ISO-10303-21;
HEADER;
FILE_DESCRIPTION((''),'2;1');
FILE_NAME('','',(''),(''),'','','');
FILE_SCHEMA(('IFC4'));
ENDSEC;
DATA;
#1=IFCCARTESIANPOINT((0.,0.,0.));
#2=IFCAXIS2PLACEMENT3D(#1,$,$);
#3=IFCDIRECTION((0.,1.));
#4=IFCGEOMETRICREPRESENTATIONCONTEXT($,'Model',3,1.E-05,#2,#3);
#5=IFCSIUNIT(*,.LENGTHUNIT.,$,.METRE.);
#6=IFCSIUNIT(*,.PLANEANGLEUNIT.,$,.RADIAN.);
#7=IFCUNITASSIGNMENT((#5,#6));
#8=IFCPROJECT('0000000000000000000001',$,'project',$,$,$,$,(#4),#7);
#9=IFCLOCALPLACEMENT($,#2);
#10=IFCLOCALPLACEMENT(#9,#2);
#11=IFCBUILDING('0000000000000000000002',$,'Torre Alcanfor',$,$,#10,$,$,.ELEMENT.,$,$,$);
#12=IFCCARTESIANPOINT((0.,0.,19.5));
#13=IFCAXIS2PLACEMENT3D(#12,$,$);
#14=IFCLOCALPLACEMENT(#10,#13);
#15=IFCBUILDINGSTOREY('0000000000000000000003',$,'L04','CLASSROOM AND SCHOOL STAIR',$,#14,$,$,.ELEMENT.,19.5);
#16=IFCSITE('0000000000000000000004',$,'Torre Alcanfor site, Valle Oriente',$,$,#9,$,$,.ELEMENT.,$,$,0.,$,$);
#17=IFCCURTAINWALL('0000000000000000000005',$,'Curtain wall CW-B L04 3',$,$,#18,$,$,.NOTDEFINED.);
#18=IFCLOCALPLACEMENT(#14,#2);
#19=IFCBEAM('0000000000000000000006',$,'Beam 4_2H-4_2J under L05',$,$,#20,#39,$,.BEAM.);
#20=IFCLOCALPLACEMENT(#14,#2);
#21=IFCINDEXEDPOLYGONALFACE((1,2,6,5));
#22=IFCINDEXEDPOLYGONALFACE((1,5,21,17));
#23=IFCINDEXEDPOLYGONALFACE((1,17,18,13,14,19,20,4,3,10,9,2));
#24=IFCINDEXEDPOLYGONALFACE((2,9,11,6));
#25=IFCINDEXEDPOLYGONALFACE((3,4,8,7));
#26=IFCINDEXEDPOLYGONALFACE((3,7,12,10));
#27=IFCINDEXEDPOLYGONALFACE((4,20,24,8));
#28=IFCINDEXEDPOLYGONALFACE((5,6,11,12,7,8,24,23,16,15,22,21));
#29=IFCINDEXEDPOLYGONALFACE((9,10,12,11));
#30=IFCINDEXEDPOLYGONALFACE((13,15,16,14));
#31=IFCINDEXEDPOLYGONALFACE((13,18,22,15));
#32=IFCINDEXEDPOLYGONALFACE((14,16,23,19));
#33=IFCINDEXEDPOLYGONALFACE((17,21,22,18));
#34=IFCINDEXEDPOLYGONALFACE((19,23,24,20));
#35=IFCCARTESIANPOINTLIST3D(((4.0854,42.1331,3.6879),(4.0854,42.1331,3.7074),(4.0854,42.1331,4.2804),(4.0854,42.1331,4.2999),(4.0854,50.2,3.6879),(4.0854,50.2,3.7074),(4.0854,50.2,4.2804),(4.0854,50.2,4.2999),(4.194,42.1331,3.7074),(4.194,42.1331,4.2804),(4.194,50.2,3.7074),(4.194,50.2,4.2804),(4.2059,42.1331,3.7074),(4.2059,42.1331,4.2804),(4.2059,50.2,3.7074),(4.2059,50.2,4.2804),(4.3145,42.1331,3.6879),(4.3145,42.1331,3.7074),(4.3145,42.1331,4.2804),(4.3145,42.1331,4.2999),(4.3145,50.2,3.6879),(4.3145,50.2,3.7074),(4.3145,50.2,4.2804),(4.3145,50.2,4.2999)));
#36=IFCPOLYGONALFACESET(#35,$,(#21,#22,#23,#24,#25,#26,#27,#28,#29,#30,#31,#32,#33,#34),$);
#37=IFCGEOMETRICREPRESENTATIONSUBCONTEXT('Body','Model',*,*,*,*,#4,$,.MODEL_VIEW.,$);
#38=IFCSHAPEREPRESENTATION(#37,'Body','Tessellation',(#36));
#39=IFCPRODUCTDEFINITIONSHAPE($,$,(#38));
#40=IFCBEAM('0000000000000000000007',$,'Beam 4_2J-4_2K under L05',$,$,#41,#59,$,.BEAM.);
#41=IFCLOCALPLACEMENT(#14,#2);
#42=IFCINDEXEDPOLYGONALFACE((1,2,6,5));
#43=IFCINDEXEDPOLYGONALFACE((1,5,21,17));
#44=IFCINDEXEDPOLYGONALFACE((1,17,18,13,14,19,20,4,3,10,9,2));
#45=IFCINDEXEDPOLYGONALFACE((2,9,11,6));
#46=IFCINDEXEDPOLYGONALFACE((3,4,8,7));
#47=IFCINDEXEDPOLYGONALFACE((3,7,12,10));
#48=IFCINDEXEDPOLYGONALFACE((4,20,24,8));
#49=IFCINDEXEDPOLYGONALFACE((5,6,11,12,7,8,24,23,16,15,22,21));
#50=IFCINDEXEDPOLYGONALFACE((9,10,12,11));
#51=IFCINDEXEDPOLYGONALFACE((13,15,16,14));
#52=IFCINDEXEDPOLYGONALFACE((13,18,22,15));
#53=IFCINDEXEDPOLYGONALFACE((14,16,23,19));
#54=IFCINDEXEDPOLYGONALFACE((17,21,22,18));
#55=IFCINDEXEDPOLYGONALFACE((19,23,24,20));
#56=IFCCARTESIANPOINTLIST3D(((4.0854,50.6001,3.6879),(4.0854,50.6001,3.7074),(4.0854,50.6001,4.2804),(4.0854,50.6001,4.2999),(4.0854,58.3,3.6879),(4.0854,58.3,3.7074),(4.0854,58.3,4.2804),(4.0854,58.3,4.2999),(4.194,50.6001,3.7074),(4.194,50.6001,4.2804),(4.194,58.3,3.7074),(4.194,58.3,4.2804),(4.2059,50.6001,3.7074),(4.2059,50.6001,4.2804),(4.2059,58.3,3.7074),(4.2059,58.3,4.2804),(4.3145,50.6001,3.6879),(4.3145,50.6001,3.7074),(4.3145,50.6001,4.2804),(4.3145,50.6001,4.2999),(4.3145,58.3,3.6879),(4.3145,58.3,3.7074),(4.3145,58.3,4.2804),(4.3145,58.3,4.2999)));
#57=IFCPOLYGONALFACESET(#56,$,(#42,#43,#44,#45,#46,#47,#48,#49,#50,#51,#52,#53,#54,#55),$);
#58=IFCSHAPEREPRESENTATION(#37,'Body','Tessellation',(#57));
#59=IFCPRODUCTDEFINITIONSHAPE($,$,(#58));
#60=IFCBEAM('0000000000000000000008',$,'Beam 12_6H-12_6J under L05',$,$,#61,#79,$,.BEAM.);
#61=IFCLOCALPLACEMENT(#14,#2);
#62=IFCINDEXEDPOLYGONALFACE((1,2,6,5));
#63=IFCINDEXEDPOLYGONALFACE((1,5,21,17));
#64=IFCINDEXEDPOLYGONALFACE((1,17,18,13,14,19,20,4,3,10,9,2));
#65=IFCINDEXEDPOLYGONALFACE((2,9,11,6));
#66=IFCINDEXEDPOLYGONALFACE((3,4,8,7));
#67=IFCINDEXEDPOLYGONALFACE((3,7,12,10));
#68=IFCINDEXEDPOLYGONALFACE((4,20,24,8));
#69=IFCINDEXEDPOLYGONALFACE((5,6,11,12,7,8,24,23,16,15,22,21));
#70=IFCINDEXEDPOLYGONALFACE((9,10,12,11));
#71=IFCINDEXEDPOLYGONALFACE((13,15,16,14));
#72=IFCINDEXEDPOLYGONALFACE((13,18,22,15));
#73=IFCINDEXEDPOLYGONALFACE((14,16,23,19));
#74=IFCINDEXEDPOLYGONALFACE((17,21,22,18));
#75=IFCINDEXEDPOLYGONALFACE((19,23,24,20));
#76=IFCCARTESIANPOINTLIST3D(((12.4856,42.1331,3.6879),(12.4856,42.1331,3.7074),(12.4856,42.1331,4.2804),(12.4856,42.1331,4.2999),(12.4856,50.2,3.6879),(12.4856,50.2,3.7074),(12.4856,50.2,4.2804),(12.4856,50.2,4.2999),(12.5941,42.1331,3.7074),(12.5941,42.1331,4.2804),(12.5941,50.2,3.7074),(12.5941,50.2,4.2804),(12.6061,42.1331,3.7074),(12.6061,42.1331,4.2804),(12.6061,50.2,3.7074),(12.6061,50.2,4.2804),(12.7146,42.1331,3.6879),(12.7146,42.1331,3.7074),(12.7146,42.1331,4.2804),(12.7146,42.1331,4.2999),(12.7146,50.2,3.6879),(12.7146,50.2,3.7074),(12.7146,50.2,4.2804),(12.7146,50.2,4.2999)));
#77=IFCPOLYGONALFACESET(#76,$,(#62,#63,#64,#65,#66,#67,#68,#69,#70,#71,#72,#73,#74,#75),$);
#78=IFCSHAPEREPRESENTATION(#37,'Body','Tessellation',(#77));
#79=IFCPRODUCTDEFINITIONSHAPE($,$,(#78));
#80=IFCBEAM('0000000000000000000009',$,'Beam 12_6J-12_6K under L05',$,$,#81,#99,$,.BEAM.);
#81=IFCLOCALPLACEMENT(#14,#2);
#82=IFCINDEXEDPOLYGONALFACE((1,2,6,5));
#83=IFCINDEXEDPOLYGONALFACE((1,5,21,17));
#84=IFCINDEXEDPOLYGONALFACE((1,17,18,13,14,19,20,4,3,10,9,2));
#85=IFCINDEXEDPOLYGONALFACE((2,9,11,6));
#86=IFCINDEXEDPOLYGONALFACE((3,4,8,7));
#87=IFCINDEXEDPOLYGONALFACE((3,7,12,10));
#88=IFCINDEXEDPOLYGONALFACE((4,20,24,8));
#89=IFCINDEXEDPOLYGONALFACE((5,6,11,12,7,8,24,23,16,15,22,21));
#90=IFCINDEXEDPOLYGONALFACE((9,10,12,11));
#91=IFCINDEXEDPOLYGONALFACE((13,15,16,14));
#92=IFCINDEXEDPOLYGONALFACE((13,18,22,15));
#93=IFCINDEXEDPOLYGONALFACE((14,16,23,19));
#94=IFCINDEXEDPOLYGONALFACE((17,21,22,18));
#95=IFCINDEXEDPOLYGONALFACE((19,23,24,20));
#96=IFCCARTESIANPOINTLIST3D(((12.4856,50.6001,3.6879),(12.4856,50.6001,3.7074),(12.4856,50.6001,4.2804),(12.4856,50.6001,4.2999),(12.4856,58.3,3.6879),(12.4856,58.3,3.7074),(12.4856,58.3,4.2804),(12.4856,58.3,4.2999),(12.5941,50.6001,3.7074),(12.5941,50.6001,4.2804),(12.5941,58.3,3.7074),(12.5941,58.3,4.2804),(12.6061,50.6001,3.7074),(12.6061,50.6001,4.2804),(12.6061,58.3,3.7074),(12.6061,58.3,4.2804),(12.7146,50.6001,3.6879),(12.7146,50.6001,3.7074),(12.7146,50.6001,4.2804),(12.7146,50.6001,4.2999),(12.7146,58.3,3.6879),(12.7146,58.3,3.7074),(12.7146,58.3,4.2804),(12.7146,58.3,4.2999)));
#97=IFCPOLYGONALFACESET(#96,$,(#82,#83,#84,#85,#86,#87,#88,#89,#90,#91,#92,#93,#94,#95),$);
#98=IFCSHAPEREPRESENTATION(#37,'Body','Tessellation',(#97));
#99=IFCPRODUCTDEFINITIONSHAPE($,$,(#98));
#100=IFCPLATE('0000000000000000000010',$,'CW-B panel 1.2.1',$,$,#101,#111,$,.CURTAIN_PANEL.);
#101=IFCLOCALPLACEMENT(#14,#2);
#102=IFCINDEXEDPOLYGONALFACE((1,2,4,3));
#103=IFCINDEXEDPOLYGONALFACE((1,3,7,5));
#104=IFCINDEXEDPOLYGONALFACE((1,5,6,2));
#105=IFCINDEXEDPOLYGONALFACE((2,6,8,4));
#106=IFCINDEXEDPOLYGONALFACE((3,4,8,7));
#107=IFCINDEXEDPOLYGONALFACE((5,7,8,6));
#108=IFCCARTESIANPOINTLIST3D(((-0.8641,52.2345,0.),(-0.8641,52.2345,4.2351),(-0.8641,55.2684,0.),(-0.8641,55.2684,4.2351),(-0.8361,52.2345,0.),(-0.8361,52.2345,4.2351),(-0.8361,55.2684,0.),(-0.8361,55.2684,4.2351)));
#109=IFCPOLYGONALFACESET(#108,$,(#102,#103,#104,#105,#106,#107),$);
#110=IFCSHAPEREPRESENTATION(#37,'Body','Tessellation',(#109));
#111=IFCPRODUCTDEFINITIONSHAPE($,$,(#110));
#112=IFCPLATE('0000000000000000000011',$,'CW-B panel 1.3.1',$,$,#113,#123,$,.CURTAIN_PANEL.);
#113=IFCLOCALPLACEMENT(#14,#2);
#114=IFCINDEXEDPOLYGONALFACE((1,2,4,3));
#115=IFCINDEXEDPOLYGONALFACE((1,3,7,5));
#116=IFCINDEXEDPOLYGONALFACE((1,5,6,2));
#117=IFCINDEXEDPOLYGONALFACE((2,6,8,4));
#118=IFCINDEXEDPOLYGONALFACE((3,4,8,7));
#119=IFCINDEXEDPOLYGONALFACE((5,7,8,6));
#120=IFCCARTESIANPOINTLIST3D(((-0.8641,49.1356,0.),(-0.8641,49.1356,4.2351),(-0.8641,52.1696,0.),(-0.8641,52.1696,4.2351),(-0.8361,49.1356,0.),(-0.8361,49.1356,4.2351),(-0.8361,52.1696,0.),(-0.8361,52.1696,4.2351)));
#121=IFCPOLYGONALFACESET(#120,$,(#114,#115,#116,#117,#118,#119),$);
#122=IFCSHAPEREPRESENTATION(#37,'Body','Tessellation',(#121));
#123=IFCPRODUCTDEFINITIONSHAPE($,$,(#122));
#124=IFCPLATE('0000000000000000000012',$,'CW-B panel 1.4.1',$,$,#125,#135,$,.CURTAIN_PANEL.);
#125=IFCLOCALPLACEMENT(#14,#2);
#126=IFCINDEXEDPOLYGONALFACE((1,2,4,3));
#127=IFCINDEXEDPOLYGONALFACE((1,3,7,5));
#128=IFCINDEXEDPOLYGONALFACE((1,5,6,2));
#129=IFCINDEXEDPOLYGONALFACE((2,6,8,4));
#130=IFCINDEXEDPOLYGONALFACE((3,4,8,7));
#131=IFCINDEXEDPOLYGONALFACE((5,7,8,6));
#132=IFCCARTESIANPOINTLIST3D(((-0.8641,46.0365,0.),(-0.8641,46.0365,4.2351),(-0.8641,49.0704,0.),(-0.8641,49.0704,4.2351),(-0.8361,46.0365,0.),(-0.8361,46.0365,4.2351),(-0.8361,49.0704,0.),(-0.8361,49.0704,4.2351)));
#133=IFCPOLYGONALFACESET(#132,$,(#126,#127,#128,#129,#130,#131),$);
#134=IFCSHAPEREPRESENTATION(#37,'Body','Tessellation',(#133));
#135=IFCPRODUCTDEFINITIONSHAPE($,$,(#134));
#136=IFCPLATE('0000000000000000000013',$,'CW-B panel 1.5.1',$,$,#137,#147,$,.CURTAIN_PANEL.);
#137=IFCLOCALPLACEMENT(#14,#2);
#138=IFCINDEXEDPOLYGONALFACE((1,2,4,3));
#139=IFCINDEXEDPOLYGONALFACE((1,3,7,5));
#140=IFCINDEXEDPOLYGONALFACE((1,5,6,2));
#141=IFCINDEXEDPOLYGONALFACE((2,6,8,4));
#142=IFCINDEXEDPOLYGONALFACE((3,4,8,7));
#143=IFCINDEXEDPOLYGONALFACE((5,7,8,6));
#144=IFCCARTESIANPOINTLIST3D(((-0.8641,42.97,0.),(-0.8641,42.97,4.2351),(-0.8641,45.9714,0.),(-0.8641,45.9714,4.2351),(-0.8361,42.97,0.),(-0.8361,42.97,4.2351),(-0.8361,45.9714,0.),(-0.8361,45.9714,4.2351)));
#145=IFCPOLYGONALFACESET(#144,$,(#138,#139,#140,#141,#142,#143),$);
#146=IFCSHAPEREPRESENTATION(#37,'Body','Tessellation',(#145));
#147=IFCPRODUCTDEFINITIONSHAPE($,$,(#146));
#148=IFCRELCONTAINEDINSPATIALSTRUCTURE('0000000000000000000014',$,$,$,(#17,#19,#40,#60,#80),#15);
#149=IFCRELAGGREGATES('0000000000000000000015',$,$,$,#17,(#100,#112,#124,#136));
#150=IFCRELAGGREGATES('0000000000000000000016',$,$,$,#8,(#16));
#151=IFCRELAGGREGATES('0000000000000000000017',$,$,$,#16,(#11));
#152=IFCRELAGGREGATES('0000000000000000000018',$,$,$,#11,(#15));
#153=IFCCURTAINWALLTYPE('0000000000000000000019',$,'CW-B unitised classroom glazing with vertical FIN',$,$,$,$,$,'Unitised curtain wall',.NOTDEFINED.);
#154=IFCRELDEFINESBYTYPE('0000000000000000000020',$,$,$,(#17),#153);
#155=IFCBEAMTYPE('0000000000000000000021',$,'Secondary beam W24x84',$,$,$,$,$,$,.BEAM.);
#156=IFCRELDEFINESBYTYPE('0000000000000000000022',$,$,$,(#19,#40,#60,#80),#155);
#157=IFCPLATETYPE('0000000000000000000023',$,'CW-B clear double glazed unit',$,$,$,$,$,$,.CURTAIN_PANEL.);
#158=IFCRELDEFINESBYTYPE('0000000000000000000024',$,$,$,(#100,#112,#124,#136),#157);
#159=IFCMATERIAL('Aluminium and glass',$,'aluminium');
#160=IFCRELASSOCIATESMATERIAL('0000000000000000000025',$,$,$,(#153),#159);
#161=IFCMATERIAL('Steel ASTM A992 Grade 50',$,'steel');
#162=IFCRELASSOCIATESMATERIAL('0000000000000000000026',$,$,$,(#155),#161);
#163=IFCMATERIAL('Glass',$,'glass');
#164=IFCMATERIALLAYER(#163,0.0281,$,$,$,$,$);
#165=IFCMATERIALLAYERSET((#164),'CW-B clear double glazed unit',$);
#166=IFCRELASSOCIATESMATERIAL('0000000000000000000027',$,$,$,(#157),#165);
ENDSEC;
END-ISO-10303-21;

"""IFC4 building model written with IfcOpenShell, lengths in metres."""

from ifc_helpers import new_model, si_unit, direction, frame, origin, origin_2d, place, context, subcontext, project, spatial, rectangle, i_section, extrude, material, layer, layer_set, material_profile, profile_set, type_object, element, aggregate, save


model = new_model("IFC4")

# Units and contexts
model_context = context("Model", 3, precision=1e-05, world=origin(), true_north=direction((0.0, 1.0)))
body_context = subcontext(model_context, "Body", "Model", "MODEL_VIEW")
ifc_project = project(units=[si_unit("LENGTHUNIT", "METRE"), si_unit("PLANEANGLEUNIT", "RADIAN")], contexts=[model_context])

# Site, building, storey
site_placement = place(None, origin())
site = spatial("IfcSite", under=ifc_project, at=site_placement, Name="Torre Alcanfor site, Valle Oriente", CompositionType="ELEMENT", RefElevation=0.0)
building_placement = place(site_placement, origin())
building = spatial("IfcBuilding", under=site, at=building_placement, Name="Torre Alcanfor", CompositionType="ELEMENT")
storey_placement = place(building_placement, frame((0.0, 0.0, 19.5)))
storey = spatial("IfcBuildingStorey", under=building, at=storey_placement, Name="L04", Description="CLASSROOM AND SCHOOL STAIR", CompositionType="ELEMENT", Elevation=19.5)

# Curtain wall
ifc_material_1 = material(Name="Aluminium and glass", Category="aluminium")
curtain_wall_type = type_object("IfcCurtainWallType", Name="CW-B unitised classroom glazing with vertical FIN", ElementType="Unitised curtain wall", PredefinedType="NOTDEFINED", material=ifc_material_1)
curtain_wall_placement = place(storey_placement, origin())
curtain_wall = element("IfcCurtainWall", 1, at=curtain_wall_placement, inside=storey, type_object=curtain_wall_type, Name="Curtain wall CW-B L04 3", PredefinedType="NOTDEFINED")

# Beams
ifc_material_2 = material(Name="Steel ASTM A992 Grade 50", Category="steel")
ifc_material_profile_1 = material_profile(ifc_material_2, i_section(OverallWidth=0.229, OverallDepth=0.6121, WebThickness=0.012, FlangeThickness=0.0195, at=origin_2d()), Name="W24x84")
ifc_profile_set_1 = profile_set([ifc_material_profile_1], Name="Steel ASTM A992 Grade 50")
beam_type_1 = type_object("IfcBeamType", Name="Secondary beam W24x84", PredefinedType="BEAM", material=ifc_profile_set_1)
beam_1_placement = place(storey_placement, frame((4.2, 42.1331, 3.9939), z_axis=(0.0, 1.0, 0.0), x_axis=(-1.0, 0.0, 0.0)))
element("IfcBeam", 2, at=beam_1_placement, inside=storey, type_object=beam_type_1, Name="Beam 4_2H-4_2J under L05", PredefinedType="BEAM", context=body_context, shape_type="SweptSolid", body=[
    extrude(i_section(OverallWidth=0.229, OverallDepth=0.6121, WebThickness=0.012, FlangeThickness=0.0195, at=origin_2d()), origin(), (0.0, 0.0, 1.0), 8.0669),
])
beam_2_placement = place(storey_placement, frame((4.2, 50.6001, 3.9939), z_axis=(0.0, 1.0, 0.0), x_axis=(-1.0, 0.0, 0.0)))
element("IfcBeam", 3, at=beam_2_placement, inside=storey, type_object=beam_type_1, Name="Beam 4_2J-4_2K under L05", PredefinedType="BEAM", context=body_context, shape_type="SweptSolid", body=[
    extrude(i_section(OverallWidth=0.229, OverallDepth=0.6121, WebThickness=0.012, FlangeThickness=0.0195, at=origin_2d()), origin(), (0.0, 0.0, 1.0), 7.7),
])
beam_3_placement = place(storey_placement, frame((12.6001, 42.1331, 3.9939), z_axis=(0.0, 1.0, 0.0), x_axis=(-1.0, 0.0, 0.0)))
element("IfcBeam", 4, at=beam_3_placement, inside=storey, type_object=beam_type_1, Name="Beam 12_6H-12_6J under L05", PredefinedType="BEAM", context=body_context, shape_type="SweptSolid", body=[
    extrude(i_section(OverallWidth=0.229, OverallDepth=0.6121, WebThickness=0.012, FlangeThickness=0.0195, at=origin_2d()), origin(), (0.0, 0.0, 1.0), 8.0669),
])
beam_4_placement = place(storey_placement, frame((12.6001, 50.6001, 3.9939), z_axis=(0.0, 1.0, 0.0), x_axis=(-1.0, 0.0, 0.0)))
element("IfcBeam", 5, at=beam_4_placement, inside=storey, type_object=beam_type_1, Name="Beam 12_6J-12_6K under L05", PredefinedType="BEAM", context=body_context, shape_type="SweptSolid", body=[
    extrude(i_section(OverallWidth=0.229, OverallDepth=0.6121, WebThickness=0.012, FlangeThickness=0.0195, at=origin_2d()), origin(), (0.0, 0.0, 1.0), 7.7),
])

# Plates
ifc_material_3 = material(Name="Glass", Category="glass")
ifc_layer = layer(ifc_material_3, 0.0281)
ifc_layer_set = layer_set([ifc_layer], Name="CW-B clear double glazed unit")
plate_type = type_object("IfcPlateType", Name="CW-B clear double glazed unit", PredefinedType="CURTAIN_PANEL", material=ifc_layer_set)
plate_1_placement = place(storey_placement, frame((-0.8501, 53.7515, 0.0), z_axis=(0.0, 0.0, 1.0), x_axis=(0.0, -1.0, 0.0)))
plate_1 = element("IfcPlate", 6, at=plate_1_placement, type_object=plate_type, Name="CW-B panel 1.2.1", PredefinedType="CURTAIN_PANEL", context=body_context, shape_type="SweptSolid", body=[
    extrude(rectangle(XDim=3.0339, YDim=0.0281, at=origin_2d()), origin(), (0.0, 0.0, 1.0), 4.2351),
])
plate_2_placement = place(storey_placement, frame((-0.8501, 50.6526, 0.0), z_axis=(0.0, 0.0, 1.0), x_axis=(0.0, -1.0, 0.0)))
plate_2 = element("IfcPlate", 7, at=plate_2_placement, type_object=plate_type, Name="CW-B panel 1.3.1", PredefinedType="CURTAIN_PANEL", context=body_context, shape_type="SweptSolid", body=[
    extrude(rectangle(XDim=3.0339, YDim=0.0281, at=origin_2d()), origin(), (0.0, 0.0, 1.0), 4.2351),
])
plate_3_placement = place(storey_placement, frame((-0.8501, 47.5535, 0.0), z_axis=(0.0, 0.0, 1.0), x_axis=(0.0, -1.0, 0.0)))
plate_3 = element("IfcPlate", 8, at=plate_3_placement, type_object=plate_type, Name="CW-B panel 1.4.1", PredefinedType="CURTAIN_PANEL", context=body_context, shape_type="SweptSolid", body=[
    extrude(rectangle(XDim=3.0339, YDim=0.0281, at=origin_2d()), origin(), (0.0, 0.0, 1.0), 4.2351),
])
plate_4_placement = place(storey_placement, frame((-0.8501, 44.4707, 0.0), z_axis=(0.0, 0.0, 1.0), x_axis=(0.0, -1.0, 0.0)))
plate_4 = element("IfcPlate", 9, at=plate_4_placement, type_object=plate_type, Name="CW-B panel 1.5.1", PredefinedType="CURTAIN_PANEL", context=body_context, shape_type="SweptSolid", body=[
    extrude(rectangle(XDim=3.0015, YDim=0.0281, at=origin_2d()), origin(), (0.0, 0.0, 1.0), 4.2351),
])
aggregate(curtain_wall, [plate_1, plate_2, plate_3, plate_4])

save(model, "model.ifc")
